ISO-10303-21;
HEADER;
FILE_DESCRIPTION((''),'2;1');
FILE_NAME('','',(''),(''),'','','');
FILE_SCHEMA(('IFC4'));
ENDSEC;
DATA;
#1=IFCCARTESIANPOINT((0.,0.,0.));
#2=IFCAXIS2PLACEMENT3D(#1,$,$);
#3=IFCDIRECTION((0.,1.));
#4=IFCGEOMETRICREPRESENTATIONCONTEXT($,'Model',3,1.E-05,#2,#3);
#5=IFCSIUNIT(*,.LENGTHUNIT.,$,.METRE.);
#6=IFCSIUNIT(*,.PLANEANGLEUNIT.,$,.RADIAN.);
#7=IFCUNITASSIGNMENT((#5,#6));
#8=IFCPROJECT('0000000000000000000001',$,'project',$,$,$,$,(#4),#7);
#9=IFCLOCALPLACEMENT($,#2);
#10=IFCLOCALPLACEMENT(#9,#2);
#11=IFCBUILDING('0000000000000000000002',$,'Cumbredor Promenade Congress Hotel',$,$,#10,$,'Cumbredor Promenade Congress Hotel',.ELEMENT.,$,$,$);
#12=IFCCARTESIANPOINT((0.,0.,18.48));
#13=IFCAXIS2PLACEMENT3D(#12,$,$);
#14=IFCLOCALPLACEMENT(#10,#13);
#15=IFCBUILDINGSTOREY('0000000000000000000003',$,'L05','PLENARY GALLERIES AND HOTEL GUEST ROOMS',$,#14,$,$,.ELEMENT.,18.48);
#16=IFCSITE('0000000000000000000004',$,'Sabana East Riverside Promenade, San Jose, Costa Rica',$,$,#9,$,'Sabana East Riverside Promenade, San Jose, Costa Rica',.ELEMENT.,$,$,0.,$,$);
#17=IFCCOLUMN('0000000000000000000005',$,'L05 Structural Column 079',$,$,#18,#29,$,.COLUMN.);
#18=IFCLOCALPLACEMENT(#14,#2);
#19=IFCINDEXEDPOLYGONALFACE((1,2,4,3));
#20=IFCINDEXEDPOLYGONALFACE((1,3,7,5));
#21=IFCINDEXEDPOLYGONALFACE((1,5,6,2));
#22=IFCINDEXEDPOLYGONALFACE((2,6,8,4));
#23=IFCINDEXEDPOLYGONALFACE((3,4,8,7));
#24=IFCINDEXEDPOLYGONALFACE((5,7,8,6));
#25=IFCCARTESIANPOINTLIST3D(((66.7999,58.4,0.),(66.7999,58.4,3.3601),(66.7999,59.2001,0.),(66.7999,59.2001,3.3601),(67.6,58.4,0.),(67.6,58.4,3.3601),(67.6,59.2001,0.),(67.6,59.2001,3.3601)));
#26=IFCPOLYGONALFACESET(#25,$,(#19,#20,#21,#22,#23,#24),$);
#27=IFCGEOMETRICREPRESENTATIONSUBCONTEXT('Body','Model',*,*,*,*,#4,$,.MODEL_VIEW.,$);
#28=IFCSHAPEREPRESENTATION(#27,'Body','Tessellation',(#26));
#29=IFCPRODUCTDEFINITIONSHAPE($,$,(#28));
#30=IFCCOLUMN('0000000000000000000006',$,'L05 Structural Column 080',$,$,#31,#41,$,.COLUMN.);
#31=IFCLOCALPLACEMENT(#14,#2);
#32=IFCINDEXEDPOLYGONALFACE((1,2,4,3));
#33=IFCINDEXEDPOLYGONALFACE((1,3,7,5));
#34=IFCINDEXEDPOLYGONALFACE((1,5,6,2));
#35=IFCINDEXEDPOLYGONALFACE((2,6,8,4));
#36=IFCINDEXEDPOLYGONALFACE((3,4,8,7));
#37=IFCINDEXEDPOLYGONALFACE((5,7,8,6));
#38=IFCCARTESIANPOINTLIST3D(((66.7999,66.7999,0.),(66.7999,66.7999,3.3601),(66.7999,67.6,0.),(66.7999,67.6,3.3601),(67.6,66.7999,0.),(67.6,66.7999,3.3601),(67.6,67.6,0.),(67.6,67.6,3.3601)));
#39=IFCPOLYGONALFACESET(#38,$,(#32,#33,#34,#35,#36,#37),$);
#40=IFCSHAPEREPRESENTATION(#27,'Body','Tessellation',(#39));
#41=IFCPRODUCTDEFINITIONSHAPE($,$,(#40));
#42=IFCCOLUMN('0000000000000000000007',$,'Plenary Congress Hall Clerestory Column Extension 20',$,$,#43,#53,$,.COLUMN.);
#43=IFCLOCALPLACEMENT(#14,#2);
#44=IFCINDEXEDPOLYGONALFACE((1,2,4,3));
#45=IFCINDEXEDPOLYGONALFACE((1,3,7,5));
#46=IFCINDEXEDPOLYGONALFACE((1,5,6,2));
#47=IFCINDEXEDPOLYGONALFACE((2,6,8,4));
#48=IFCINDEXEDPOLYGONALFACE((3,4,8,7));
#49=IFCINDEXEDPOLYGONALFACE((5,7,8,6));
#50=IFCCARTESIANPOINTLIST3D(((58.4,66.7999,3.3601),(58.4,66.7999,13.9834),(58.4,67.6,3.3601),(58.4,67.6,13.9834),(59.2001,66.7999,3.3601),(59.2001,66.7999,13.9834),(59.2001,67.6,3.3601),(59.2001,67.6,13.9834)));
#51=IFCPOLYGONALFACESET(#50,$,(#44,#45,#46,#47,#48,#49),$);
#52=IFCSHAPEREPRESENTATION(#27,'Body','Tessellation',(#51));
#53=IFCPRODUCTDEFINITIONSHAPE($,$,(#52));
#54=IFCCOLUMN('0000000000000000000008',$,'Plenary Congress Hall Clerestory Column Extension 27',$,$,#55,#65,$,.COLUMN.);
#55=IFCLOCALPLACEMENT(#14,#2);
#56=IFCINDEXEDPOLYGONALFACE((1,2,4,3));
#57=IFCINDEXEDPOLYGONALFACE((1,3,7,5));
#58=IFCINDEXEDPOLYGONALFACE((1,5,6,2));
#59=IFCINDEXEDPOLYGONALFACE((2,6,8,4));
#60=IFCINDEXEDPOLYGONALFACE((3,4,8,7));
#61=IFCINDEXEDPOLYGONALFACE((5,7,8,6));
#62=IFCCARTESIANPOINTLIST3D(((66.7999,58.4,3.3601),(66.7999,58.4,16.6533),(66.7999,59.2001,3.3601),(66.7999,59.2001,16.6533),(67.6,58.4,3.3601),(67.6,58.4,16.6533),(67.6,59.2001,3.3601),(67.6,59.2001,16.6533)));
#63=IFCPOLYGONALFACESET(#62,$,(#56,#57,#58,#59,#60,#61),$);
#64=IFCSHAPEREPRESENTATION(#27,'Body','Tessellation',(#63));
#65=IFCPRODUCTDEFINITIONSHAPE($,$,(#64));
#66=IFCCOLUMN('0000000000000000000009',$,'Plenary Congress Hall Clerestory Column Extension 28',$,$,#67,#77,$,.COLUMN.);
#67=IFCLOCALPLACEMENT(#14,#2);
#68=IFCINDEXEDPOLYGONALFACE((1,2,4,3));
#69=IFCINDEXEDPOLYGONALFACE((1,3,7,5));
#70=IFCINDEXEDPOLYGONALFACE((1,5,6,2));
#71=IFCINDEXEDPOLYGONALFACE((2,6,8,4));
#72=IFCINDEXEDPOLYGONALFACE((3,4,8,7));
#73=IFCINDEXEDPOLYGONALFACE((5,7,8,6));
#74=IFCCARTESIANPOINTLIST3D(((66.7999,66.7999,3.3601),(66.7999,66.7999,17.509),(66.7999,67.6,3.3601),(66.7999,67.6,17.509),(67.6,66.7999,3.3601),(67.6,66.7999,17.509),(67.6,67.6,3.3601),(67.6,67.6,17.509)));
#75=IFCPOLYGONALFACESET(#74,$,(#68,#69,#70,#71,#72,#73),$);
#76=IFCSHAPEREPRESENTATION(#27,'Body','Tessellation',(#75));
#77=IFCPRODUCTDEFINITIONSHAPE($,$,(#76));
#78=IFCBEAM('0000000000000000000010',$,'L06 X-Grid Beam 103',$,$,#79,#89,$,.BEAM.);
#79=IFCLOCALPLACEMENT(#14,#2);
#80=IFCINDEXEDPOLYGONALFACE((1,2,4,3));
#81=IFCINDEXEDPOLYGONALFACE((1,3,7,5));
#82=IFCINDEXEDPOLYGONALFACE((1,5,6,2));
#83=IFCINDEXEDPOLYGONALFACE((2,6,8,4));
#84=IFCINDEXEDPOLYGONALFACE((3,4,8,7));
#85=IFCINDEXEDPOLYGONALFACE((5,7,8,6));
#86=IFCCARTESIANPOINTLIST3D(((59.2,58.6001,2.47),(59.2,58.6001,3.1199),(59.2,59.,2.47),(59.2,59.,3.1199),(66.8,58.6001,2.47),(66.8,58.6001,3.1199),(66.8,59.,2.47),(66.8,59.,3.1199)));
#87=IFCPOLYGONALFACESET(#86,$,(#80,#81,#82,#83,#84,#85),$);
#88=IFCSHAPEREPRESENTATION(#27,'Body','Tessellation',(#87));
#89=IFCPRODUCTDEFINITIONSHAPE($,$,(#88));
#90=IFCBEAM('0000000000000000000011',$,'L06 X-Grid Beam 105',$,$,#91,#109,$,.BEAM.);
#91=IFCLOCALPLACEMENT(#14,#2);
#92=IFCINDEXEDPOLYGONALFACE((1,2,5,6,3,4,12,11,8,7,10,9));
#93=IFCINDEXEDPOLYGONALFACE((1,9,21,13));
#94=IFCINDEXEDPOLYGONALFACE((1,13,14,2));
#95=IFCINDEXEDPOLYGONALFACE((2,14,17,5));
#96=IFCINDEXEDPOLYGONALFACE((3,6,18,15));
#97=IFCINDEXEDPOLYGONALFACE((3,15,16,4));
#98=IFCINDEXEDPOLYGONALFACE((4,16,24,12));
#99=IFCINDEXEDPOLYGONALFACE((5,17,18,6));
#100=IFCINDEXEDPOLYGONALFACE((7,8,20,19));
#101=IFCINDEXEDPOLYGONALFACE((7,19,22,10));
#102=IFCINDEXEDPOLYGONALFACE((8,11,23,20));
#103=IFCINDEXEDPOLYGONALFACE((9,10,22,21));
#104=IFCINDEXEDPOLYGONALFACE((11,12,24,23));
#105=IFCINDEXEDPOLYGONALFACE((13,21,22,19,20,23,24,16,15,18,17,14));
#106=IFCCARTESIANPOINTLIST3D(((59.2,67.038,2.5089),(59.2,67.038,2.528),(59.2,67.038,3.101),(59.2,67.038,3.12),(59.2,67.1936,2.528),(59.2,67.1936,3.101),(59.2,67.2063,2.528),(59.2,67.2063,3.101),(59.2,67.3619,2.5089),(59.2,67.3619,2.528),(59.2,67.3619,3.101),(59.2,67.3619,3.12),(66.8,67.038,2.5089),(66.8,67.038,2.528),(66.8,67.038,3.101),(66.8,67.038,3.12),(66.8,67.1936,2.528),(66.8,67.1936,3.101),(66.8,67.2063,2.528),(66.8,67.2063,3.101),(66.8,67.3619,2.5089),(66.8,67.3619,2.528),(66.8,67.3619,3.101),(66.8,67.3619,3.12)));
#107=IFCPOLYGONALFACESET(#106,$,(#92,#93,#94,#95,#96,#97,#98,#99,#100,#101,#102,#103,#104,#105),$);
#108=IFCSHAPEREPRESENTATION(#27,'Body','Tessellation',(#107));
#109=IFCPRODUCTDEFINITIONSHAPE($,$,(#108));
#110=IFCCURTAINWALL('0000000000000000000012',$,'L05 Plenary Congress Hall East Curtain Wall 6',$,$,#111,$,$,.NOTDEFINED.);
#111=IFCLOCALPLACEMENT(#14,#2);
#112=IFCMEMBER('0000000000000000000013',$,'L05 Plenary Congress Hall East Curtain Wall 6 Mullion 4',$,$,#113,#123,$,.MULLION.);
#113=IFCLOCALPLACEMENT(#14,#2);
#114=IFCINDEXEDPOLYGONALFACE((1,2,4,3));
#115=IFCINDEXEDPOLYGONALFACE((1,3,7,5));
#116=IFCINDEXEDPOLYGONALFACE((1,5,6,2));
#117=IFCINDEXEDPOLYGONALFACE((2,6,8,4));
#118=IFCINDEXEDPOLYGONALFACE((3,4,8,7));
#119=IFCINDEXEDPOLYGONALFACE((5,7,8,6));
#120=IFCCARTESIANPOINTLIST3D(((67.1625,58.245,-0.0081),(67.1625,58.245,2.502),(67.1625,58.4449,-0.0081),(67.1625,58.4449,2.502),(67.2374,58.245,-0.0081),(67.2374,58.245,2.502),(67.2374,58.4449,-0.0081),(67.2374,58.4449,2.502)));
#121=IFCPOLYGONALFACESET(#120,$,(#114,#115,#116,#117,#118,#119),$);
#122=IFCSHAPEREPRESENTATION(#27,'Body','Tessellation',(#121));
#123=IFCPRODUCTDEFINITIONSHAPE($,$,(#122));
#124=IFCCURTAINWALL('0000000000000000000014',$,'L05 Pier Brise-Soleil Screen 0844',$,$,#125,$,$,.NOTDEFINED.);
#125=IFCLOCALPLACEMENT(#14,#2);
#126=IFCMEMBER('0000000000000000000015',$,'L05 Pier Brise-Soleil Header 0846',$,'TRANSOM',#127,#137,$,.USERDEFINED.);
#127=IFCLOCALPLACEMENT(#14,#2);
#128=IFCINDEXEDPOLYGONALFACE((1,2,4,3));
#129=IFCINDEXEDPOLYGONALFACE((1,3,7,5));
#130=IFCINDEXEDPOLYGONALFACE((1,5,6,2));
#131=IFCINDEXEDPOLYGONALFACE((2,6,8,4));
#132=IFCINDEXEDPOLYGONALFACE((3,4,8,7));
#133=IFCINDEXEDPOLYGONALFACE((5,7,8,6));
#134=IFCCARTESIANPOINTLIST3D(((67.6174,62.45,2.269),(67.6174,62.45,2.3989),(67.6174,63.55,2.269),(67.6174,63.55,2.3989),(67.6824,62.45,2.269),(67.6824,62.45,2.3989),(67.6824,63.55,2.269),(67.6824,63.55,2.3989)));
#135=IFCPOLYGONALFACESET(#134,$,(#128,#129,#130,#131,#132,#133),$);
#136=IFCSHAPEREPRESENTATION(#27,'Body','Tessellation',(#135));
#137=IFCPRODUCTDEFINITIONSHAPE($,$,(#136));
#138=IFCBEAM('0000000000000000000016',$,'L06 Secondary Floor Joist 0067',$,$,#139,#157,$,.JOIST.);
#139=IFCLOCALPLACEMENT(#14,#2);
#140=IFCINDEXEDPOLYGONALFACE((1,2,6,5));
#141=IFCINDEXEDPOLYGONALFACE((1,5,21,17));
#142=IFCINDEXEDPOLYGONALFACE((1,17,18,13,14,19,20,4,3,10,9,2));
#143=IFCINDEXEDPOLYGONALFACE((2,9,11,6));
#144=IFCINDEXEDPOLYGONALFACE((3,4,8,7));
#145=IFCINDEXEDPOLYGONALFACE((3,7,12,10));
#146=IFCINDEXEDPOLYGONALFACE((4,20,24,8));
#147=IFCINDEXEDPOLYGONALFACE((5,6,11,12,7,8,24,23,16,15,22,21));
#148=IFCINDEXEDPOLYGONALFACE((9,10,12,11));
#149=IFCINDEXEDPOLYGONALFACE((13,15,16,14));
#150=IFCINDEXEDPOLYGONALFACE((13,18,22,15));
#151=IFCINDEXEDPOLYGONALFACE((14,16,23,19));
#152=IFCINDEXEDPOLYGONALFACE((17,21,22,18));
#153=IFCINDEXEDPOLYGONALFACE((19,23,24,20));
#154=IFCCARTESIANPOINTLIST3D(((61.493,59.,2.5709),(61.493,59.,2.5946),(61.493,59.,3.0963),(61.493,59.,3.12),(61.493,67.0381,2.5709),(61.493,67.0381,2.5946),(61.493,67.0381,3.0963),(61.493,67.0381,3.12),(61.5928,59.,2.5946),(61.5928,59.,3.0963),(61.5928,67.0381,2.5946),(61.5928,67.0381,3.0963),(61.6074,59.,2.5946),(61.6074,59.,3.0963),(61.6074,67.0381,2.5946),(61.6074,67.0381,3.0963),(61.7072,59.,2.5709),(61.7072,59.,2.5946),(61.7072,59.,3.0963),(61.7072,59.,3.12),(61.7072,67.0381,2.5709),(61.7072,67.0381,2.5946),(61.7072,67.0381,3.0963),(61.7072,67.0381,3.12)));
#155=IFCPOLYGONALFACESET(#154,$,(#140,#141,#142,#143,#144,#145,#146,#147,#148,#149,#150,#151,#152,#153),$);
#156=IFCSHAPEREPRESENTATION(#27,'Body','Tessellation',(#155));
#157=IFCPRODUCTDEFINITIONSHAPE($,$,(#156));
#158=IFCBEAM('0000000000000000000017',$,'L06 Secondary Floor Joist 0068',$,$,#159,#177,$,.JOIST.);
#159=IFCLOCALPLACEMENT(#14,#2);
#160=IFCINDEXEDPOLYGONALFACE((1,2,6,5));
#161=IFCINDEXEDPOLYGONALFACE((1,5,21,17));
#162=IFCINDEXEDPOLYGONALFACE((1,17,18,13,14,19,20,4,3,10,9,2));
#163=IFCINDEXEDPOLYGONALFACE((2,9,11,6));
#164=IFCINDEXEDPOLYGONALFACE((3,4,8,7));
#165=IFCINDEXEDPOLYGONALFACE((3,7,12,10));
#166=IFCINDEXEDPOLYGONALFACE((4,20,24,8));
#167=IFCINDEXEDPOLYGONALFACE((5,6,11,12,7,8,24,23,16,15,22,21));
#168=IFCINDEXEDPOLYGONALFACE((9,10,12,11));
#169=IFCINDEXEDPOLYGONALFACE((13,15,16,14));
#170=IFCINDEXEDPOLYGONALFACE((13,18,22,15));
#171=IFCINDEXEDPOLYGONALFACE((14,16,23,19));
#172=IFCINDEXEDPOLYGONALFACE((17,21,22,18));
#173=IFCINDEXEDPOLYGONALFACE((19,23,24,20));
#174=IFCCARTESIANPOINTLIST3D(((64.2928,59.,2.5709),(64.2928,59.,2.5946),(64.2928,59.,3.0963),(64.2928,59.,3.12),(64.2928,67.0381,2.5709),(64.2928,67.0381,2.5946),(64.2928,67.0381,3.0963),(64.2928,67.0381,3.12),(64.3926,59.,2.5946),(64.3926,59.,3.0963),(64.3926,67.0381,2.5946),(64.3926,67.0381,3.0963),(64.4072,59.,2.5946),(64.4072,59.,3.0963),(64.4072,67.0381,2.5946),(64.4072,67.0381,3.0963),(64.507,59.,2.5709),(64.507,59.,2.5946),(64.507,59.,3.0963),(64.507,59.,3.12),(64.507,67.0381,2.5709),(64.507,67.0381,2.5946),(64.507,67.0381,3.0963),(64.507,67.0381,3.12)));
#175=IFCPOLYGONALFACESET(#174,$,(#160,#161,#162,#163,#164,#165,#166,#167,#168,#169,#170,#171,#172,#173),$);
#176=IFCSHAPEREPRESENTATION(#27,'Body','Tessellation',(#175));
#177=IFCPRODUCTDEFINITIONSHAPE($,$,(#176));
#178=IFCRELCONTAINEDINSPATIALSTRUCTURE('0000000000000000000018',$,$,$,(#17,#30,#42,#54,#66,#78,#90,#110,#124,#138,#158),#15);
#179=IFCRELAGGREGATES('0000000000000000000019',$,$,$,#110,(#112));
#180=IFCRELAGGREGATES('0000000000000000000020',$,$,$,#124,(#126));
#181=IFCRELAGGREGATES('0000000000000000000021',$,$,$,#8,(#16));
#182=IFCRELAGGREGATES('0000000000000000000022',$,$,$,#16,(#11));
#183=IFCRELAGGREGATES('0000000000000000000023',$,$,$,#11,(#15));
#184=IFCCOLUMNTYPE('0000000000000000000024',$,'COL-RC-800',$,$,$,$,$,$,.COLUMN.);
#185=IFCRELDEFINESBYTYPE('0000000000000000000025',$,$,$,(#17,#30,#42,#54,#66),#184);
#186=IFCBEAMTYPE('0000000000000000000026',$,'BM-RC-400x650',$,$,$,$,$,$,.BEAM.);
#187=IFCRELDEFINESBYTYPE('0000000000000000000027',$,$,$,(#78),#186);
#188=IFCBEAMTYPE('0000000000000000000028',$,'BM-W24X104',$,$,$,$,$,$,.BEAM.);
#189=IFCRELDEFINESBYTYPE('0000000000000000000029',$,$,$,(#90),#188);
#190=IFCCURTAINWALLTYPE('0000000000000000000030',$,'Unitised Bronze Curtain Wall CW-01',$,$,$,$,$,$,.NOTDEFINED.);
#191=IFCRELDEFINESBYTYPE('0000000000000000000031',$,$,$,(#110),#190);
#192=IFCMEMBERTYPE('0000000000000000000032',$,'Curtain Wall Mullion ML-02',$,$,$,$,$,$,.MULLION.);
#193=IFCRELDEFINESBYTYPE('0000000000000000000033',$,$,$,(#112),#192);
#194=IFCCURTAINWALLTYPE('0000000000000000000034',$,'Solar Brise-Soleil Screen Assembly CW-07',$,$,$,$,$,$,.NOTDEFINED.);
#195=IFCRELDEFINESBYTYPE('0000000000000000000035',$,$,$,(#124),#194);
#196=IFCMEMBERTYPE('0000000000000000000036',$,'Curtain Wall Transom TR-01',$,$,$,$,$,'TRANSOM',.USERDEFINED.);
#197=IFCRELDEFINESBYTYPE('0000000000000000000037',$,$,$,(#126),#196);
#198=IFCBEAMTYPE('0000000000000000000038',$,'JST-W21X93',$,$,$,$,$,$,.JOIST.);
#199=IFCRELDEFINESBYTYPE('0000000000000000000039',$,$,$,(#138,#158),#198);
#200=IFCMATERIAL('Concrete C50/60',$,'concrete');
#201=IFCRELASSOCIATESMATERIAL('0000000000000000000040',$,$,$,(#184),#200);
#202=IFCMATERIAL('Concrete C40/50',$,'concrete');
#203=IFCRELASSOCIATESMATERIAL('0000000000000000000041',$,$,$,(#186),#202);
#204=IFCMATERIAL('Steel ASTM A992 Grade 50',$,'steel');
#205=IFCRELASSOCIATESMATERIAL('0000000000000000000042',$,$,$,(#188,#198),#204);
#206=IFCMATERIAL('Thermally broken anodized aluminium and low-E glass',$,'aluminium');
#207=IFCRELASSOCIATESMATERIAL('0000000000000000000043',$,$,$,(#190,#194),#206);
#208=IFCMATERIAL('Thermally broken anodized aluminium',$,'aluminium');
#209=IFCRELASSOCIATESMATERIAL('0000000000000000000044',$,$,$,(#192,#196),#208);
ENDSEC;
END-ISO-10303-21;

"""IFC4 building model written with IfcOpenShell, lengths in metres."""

from ifc_helpers import new_model, si_unit, direction, frame, origin, origin_2d, place, context, subcontext, project, spatial, rectangle, i_section, extrude, material, material_profile, profile_set, type_object, element, aggregate, save


model = new_model("IFC4")

# Units and contexts
model_context = context("Model", 3, precision=1e-05, world=origin(), true_north=direction((0.0, 1.0)))
body_context = subcontext(model_context, "Body", "Model", "MODEL_VIEW")
ifc_project = project(units=[si_unit("LENGTHUNIT", "METRE"), si_unit("PLANEANGLEUNIT", "RADIAN")], contexts=[model_context])

# Site, building, storey
site_placement = place(None, origin())
site = spatial("IfcSite", under=ifc_project, at=site_placement, Name="Sabana East Riverside Promenade, San Jose, Costa Rica", LongName="Sabana East Riverside Promenade, San Jose, Costa Rica", CompositionType="ELEMENT", RefElevation=0.0)
building_placement = place(site_placement, origin())
building = spatial("IfcBuilding", under=site, at=building_placement, Name="Cumbredor Promenade Congress Hotel", LongName="Cumbredor Promenade Congress Hotel", CompositionType="ELEMENT")
storey_placement = place(building_placement, frame((0.0, 0.0, 18.48)))
storey = spatial("IfcBuildingStorey", under=building, at=storey_placement, Name="L05", Description="PLENARY GALLERIES AND HOTEL GUEST ROOMS", CompositionType="ELEMENT", Elevation=18.48)

# Columns
ifc_material_1 = material(Name="Concrete C50/60", Category="concrete")
ifc_material_profile_1 = material_profile(ifc_material_1, rectangle(XDim=0.8, YDim=0.8, at=origin_2d()), Name="RC 800x800")
ifc_profile_set_1 = profile_set([ifc_material_profile_1], Name="Concrete C50/60")
column_type = type_object("IfcColumnType", Name="COL-RC-800", PredefinedType="COLUMN", material=ifc_profile_set_1)
for number, where, z_axis, x_axis, name in (
    (1, (67.2, 58.8, 0.0), (0.0, 0.0, 1.0), (1.0, 0.0, 0.0), "L05 Structural Column 079"),
    (2, (67.2, 67.2, 0.0), (0.0, 0.0, 1.0), (1.0, 0.0, 0.0), "L05 Structural Column 080"),
):
    element("IfcColumn", number, at=place(storey_placement, frame(where, z_axis=z_axis, x_axis=x_axis)), inside=storey, type_object=column_type, Name=name, PredefinedType="COLUMN", context=body_context, shape_type="SweptSolid", body=[
        extrude(rectangle(XDim=0.8, YDim=0.8, at=origin_2d()), origin(), (0.0, 0.0, 1.0), 3.3601),
    ])
column_1_placement = place(storey_placement, frame((58.8, 67.2, 3.3601), z_axis=(0.0, 0.0, 1.0), x_axis=(1.0, 0.0, 0.0)))
element("IfcColumn", 3, at=column_1_placement, inside=storey, type_object=column_type, Name="Plenary Congress Hall Clerestory Column Extension 20", PredefinedType="COLUMN", context=body_context, shape_type="SweptSolid", body=[
    extrude(rectangle(XDim=0.8, YDim=0.8, at=origin_2d()), origin(), (0.0, 0.0, 1.0), 10.6233),
])
column_2_placement = place(storey_placement, frame((67.2, 58.8, 3.3601), z_axis=(0.0, 0.0, 1.0), x_axis=(1.0, 0.0, 0.0)))
element("IfcColumn", 4, at=column_2_placement, inside=storey, type_object=column_type, Name="Plenary Congress Hall Clerestory Column Extension 27", PredefinedType="COLUMN", context=body_context, shape_type="SweptSolid", body=[
    extrude(rectangle(XDim=0.8, YDim=0.8, at=origin_2d()), origin(), (0.0, 0.0, 1.0), 13.2932),
])
column_3_placement = place(storey_placement, frame((67.2, 67.2, 3.3601), z_axis=(0.0, 0.0, 1.0), x_axis=(1.0, 0.0, 0.0)))
element("IfcColumn", 5, at=column_3_placement, inside=storey, type_object=column_type, Name="Plenary Congress Hall Clerestory Column Extension 28", PredefinedType="COLUMN", context=body_context, shape_type="SweptSolid", body=[
    extrude(rectangle(XDim=0.8, YDim=0.8, at=origin_2d()), origin(), (0.0, 0.0, 1.0), 14.1489),
])

# Beams
ifc_material_2 = material(Name="Concrete C40/50", Category="concrete")
ifc_material_profile_2 = material_profile(ifc_material_2, rectangle(XDim=0.3999, YDim=0.6499, at=origin_2d()), Name="RC BEAM 400x650")
ifc_profile_set_2 = profile_set([ifc_material_profile_2], Name="Concrete C40/50")
beam_type_1 = type_object("IfcBeamType", Name="BM-RC-400x650", PredefinedType="BEAM", material=ifc_profile_set_2)
beam_1_placement = place(storey_placement, frame((59.2, 58.8, 2.7949), z_axis=(1.0, 0.0, 0.0), x_axis=(0.0, 1.0, 0.0)))
element("IfcBeam", 6, at=beam_1_placement, inside=storey, type_object=beam_type_1, Name="L06 X-Grid Beam 103", PredefinedType="BEAM", context=body_context, shape_type="SweptSolid", body=[
    extrude(rectangle(XDim=0.3999, YDim=0.6499, at=origin_2d()), origin(), (0.0, 0.0, 1.0), 7.6001),
])
ifc_material_3 = material(Name="Steel ASTM A992 Grade 50", Category="steel")
ifc_material_profile_3 = material_profile(ifc_material_3, i_section(OverallWidth=0.324, OverallDepth=0.6111, WebThickness=0.0127, FlangeThickness=0.019, at=origin_2d()), Name="W24X104")
ifc_profile_set_3 = profile_set([ifc_material_profile_3], Name="Steel ASTM A992 Grade 50")
beam_type_2 = type_object("IfcBeamType", Name="BM-W24X104", PredefinedType="BEAM", material=ifc_profile_set_3)
beam_2_placement = place(storey_placement, frame((59.2, 67.2, 2.8145), z_axis=(1.0, 0.0, 0.0), x_axis=(0.0, 1.0, 0.0)))
element("IfcBeam", 7, at=beam_2_placement, inside=storey, type_object=beam_type_2, Name="L06 X-Grid Beam 105", PredefinedType="BEAM", context=body_context, shape_type="SweptSolid", body=[
    extrude(i_section(OverallWidth=0.324, OverallDepth=0.6111, WebThickness=0.0127, FlangeThickness=0.019, at=origin_2d()), origin(), (0.0, 0.0, 1.0), 7.6001),
])

# Curtain walls, members
ifc_material_4 = material(Name="Thermally broken anodized aluminium and low-E glass", Category="aluminium")
curtain_wall_type_1 = type_object("IfcCurtainWallType", Name="Unitised Bronze Curtain Wall CW-01", PredefinedType="NOTDEFINED", material=ifc_material_4)
curtain_wall_1_placement = place(storey_placement, origin())
curtain_wall_1 = element("IfcCurtainWall", 8, at=curtain_wall_1_placement, inside=storey, type_object=curtain_wall_type_1, Name="L05 Plenary Congress Hall East Curtain Wall 6", PredefinedType="NOTDEFINED")
ifc_material_5 = material(Name="Thermally broken anodized aluminium", Category="aluminium")
ifc_material_profile_4 = material_profile(ifc_material_5, rectangle(XDim=0.075, YDim=0.2, at=origin_2d()), Name="ALU MULLION 75x200")
ifc_profile_set_4 = profile_set([ifc_material_profile_4], Name="Thermally broken anodized aluminium")
member_type_1 = type_object("IfcMemberType", Name="Curtain Wall Mullion ML-02", PredefinedType="MULLION", material=ifc_profile_set_4)
member_1_placement = place(storey_placement, frame((67.2, 58.345, -0.0081), z_axis=(0.0, 0.0, 1.0), x_axis=(1.0, 0.0, 0.0)))
member_1 = element("IfcMember", 9, at=member_1_placement, type_object=member_type_1, Name="L05 Plenary Congress Hall East Curtain Wall 6 Mullion 4", PredefinedType="MULLION", context=body_context, shape_type="SweptSolid", body=[
    extrude(rectangle(XDim=0.075, YDim=0.2, at=origin_2d()), origin(), (0.0, 0.0, 1.0), 2.51),
])
aggregate(curtain_wall_1, [member_1])
curtain_wall_type_2 = type_object("IfcCurtainWallType", Name="Solar Brise-Soleil Screen Assembly CW-07", PredefinedType="NOTDEFINED", material=ifc_material_4)
curtain_wall_2_placement = place(storey_placement, origin())
curtain_wall_2 = element("IfcCurtainWall", 10, at=curtain_wall_2_placement, inside=storey, type_object=curtain_wall_type_2, Name="L05 Pier Brise-Soleil Screen 0844", PredefinedType="NOTDEFINED")
ifc_material_profile_5 = material_profile(ifc_material_5, rectangle(XDim=0.0649, YDim=0.1299, at=origin_2d()), Name="ALU TRANSOM 65x130")
ifc_profile_set_5 = profile_set([ifc_material_profile_5], Name="Thermally broken anodized aluminium")
member_type_2 = type_object("IfcMemberType", Name="Curtain Wall Transom TR-01", ElementType="TRANSOM", PredefinedType="USERDEFINED", material=ifc_profile_set_5)
member_2_placement = place(storey_placement, frame((67.6499, 62.45, 2.334), z_axis=(0.0, 1.0, 0.0), x_axis=(-1.0, 0.0, 0.0)))
member_2 = element("IfcMember", 11, at=member_2_placement, type_object=member_type_2, Name="L05 Pier Brise-Soleil Header 0846", ObjectType="TRANSOM", PredefinedType="USERDEFINED", context=body_context, shape_type="SweptSolid", body=[
    extrude(rectangle(XDim=0.0649, YDim=0.1299, at=origin_2d()), origin(), (0.0, 0.0, 1.0), 1.1001),
])

# Beams
ifc_material_profile_6 = material_profile(ifc_material_3, i_section(OverallWidth=0.2141, OverallDepth=0.5491, WebThickness=0.0146, FlangeThickness=0.0237, at=origin_2d()), Name="W21X93")
ifc_profile_set_6 = profile_set([ifc_material_profile_6], Name="Steel ASTM A992 Grade 50")
beam_type_3 = type_object("IfcBeamType", Name="JST-W21X93", PredefinedType="JOIST", material=ifc_profile_set_6)
for number, where, z_axis, x_axis, name in (
    (12, (61.6001, 59.0, 2.8455), (0.0, 1.0, 0.0), (-1.0, 0.0, 0.0), "L06 Secondary Floor Joist 0067"),
    (13, (64.3999, 59.0, 2.8455), (0.0, 1.0, 0.0), (-1.0, 0.0, 0.0), "L06 Secondary Floor Joist 0068"),
):
    element("IfcBeam", number, at=place(storey_placement, frame(where, z_axis=z_axis, x_axis=x_axis)), inside=storey, type_object=beam_type_3, Name=name, PredefinedType="JOIST", context=body_context, shape_type="SweptSolid", body=[
        extrude(i_section(OverallWidth=0.2141, OverallDepth=0.5491, WebThickness=0.0146, FlangeThickness=0.0237, at=origin_2d()), origin(), (0.0, 0.0, 1.0), 8.0381),
    ])

aggregate(curtain_wall_2, [member_2])

save(model, "model.ifc")
